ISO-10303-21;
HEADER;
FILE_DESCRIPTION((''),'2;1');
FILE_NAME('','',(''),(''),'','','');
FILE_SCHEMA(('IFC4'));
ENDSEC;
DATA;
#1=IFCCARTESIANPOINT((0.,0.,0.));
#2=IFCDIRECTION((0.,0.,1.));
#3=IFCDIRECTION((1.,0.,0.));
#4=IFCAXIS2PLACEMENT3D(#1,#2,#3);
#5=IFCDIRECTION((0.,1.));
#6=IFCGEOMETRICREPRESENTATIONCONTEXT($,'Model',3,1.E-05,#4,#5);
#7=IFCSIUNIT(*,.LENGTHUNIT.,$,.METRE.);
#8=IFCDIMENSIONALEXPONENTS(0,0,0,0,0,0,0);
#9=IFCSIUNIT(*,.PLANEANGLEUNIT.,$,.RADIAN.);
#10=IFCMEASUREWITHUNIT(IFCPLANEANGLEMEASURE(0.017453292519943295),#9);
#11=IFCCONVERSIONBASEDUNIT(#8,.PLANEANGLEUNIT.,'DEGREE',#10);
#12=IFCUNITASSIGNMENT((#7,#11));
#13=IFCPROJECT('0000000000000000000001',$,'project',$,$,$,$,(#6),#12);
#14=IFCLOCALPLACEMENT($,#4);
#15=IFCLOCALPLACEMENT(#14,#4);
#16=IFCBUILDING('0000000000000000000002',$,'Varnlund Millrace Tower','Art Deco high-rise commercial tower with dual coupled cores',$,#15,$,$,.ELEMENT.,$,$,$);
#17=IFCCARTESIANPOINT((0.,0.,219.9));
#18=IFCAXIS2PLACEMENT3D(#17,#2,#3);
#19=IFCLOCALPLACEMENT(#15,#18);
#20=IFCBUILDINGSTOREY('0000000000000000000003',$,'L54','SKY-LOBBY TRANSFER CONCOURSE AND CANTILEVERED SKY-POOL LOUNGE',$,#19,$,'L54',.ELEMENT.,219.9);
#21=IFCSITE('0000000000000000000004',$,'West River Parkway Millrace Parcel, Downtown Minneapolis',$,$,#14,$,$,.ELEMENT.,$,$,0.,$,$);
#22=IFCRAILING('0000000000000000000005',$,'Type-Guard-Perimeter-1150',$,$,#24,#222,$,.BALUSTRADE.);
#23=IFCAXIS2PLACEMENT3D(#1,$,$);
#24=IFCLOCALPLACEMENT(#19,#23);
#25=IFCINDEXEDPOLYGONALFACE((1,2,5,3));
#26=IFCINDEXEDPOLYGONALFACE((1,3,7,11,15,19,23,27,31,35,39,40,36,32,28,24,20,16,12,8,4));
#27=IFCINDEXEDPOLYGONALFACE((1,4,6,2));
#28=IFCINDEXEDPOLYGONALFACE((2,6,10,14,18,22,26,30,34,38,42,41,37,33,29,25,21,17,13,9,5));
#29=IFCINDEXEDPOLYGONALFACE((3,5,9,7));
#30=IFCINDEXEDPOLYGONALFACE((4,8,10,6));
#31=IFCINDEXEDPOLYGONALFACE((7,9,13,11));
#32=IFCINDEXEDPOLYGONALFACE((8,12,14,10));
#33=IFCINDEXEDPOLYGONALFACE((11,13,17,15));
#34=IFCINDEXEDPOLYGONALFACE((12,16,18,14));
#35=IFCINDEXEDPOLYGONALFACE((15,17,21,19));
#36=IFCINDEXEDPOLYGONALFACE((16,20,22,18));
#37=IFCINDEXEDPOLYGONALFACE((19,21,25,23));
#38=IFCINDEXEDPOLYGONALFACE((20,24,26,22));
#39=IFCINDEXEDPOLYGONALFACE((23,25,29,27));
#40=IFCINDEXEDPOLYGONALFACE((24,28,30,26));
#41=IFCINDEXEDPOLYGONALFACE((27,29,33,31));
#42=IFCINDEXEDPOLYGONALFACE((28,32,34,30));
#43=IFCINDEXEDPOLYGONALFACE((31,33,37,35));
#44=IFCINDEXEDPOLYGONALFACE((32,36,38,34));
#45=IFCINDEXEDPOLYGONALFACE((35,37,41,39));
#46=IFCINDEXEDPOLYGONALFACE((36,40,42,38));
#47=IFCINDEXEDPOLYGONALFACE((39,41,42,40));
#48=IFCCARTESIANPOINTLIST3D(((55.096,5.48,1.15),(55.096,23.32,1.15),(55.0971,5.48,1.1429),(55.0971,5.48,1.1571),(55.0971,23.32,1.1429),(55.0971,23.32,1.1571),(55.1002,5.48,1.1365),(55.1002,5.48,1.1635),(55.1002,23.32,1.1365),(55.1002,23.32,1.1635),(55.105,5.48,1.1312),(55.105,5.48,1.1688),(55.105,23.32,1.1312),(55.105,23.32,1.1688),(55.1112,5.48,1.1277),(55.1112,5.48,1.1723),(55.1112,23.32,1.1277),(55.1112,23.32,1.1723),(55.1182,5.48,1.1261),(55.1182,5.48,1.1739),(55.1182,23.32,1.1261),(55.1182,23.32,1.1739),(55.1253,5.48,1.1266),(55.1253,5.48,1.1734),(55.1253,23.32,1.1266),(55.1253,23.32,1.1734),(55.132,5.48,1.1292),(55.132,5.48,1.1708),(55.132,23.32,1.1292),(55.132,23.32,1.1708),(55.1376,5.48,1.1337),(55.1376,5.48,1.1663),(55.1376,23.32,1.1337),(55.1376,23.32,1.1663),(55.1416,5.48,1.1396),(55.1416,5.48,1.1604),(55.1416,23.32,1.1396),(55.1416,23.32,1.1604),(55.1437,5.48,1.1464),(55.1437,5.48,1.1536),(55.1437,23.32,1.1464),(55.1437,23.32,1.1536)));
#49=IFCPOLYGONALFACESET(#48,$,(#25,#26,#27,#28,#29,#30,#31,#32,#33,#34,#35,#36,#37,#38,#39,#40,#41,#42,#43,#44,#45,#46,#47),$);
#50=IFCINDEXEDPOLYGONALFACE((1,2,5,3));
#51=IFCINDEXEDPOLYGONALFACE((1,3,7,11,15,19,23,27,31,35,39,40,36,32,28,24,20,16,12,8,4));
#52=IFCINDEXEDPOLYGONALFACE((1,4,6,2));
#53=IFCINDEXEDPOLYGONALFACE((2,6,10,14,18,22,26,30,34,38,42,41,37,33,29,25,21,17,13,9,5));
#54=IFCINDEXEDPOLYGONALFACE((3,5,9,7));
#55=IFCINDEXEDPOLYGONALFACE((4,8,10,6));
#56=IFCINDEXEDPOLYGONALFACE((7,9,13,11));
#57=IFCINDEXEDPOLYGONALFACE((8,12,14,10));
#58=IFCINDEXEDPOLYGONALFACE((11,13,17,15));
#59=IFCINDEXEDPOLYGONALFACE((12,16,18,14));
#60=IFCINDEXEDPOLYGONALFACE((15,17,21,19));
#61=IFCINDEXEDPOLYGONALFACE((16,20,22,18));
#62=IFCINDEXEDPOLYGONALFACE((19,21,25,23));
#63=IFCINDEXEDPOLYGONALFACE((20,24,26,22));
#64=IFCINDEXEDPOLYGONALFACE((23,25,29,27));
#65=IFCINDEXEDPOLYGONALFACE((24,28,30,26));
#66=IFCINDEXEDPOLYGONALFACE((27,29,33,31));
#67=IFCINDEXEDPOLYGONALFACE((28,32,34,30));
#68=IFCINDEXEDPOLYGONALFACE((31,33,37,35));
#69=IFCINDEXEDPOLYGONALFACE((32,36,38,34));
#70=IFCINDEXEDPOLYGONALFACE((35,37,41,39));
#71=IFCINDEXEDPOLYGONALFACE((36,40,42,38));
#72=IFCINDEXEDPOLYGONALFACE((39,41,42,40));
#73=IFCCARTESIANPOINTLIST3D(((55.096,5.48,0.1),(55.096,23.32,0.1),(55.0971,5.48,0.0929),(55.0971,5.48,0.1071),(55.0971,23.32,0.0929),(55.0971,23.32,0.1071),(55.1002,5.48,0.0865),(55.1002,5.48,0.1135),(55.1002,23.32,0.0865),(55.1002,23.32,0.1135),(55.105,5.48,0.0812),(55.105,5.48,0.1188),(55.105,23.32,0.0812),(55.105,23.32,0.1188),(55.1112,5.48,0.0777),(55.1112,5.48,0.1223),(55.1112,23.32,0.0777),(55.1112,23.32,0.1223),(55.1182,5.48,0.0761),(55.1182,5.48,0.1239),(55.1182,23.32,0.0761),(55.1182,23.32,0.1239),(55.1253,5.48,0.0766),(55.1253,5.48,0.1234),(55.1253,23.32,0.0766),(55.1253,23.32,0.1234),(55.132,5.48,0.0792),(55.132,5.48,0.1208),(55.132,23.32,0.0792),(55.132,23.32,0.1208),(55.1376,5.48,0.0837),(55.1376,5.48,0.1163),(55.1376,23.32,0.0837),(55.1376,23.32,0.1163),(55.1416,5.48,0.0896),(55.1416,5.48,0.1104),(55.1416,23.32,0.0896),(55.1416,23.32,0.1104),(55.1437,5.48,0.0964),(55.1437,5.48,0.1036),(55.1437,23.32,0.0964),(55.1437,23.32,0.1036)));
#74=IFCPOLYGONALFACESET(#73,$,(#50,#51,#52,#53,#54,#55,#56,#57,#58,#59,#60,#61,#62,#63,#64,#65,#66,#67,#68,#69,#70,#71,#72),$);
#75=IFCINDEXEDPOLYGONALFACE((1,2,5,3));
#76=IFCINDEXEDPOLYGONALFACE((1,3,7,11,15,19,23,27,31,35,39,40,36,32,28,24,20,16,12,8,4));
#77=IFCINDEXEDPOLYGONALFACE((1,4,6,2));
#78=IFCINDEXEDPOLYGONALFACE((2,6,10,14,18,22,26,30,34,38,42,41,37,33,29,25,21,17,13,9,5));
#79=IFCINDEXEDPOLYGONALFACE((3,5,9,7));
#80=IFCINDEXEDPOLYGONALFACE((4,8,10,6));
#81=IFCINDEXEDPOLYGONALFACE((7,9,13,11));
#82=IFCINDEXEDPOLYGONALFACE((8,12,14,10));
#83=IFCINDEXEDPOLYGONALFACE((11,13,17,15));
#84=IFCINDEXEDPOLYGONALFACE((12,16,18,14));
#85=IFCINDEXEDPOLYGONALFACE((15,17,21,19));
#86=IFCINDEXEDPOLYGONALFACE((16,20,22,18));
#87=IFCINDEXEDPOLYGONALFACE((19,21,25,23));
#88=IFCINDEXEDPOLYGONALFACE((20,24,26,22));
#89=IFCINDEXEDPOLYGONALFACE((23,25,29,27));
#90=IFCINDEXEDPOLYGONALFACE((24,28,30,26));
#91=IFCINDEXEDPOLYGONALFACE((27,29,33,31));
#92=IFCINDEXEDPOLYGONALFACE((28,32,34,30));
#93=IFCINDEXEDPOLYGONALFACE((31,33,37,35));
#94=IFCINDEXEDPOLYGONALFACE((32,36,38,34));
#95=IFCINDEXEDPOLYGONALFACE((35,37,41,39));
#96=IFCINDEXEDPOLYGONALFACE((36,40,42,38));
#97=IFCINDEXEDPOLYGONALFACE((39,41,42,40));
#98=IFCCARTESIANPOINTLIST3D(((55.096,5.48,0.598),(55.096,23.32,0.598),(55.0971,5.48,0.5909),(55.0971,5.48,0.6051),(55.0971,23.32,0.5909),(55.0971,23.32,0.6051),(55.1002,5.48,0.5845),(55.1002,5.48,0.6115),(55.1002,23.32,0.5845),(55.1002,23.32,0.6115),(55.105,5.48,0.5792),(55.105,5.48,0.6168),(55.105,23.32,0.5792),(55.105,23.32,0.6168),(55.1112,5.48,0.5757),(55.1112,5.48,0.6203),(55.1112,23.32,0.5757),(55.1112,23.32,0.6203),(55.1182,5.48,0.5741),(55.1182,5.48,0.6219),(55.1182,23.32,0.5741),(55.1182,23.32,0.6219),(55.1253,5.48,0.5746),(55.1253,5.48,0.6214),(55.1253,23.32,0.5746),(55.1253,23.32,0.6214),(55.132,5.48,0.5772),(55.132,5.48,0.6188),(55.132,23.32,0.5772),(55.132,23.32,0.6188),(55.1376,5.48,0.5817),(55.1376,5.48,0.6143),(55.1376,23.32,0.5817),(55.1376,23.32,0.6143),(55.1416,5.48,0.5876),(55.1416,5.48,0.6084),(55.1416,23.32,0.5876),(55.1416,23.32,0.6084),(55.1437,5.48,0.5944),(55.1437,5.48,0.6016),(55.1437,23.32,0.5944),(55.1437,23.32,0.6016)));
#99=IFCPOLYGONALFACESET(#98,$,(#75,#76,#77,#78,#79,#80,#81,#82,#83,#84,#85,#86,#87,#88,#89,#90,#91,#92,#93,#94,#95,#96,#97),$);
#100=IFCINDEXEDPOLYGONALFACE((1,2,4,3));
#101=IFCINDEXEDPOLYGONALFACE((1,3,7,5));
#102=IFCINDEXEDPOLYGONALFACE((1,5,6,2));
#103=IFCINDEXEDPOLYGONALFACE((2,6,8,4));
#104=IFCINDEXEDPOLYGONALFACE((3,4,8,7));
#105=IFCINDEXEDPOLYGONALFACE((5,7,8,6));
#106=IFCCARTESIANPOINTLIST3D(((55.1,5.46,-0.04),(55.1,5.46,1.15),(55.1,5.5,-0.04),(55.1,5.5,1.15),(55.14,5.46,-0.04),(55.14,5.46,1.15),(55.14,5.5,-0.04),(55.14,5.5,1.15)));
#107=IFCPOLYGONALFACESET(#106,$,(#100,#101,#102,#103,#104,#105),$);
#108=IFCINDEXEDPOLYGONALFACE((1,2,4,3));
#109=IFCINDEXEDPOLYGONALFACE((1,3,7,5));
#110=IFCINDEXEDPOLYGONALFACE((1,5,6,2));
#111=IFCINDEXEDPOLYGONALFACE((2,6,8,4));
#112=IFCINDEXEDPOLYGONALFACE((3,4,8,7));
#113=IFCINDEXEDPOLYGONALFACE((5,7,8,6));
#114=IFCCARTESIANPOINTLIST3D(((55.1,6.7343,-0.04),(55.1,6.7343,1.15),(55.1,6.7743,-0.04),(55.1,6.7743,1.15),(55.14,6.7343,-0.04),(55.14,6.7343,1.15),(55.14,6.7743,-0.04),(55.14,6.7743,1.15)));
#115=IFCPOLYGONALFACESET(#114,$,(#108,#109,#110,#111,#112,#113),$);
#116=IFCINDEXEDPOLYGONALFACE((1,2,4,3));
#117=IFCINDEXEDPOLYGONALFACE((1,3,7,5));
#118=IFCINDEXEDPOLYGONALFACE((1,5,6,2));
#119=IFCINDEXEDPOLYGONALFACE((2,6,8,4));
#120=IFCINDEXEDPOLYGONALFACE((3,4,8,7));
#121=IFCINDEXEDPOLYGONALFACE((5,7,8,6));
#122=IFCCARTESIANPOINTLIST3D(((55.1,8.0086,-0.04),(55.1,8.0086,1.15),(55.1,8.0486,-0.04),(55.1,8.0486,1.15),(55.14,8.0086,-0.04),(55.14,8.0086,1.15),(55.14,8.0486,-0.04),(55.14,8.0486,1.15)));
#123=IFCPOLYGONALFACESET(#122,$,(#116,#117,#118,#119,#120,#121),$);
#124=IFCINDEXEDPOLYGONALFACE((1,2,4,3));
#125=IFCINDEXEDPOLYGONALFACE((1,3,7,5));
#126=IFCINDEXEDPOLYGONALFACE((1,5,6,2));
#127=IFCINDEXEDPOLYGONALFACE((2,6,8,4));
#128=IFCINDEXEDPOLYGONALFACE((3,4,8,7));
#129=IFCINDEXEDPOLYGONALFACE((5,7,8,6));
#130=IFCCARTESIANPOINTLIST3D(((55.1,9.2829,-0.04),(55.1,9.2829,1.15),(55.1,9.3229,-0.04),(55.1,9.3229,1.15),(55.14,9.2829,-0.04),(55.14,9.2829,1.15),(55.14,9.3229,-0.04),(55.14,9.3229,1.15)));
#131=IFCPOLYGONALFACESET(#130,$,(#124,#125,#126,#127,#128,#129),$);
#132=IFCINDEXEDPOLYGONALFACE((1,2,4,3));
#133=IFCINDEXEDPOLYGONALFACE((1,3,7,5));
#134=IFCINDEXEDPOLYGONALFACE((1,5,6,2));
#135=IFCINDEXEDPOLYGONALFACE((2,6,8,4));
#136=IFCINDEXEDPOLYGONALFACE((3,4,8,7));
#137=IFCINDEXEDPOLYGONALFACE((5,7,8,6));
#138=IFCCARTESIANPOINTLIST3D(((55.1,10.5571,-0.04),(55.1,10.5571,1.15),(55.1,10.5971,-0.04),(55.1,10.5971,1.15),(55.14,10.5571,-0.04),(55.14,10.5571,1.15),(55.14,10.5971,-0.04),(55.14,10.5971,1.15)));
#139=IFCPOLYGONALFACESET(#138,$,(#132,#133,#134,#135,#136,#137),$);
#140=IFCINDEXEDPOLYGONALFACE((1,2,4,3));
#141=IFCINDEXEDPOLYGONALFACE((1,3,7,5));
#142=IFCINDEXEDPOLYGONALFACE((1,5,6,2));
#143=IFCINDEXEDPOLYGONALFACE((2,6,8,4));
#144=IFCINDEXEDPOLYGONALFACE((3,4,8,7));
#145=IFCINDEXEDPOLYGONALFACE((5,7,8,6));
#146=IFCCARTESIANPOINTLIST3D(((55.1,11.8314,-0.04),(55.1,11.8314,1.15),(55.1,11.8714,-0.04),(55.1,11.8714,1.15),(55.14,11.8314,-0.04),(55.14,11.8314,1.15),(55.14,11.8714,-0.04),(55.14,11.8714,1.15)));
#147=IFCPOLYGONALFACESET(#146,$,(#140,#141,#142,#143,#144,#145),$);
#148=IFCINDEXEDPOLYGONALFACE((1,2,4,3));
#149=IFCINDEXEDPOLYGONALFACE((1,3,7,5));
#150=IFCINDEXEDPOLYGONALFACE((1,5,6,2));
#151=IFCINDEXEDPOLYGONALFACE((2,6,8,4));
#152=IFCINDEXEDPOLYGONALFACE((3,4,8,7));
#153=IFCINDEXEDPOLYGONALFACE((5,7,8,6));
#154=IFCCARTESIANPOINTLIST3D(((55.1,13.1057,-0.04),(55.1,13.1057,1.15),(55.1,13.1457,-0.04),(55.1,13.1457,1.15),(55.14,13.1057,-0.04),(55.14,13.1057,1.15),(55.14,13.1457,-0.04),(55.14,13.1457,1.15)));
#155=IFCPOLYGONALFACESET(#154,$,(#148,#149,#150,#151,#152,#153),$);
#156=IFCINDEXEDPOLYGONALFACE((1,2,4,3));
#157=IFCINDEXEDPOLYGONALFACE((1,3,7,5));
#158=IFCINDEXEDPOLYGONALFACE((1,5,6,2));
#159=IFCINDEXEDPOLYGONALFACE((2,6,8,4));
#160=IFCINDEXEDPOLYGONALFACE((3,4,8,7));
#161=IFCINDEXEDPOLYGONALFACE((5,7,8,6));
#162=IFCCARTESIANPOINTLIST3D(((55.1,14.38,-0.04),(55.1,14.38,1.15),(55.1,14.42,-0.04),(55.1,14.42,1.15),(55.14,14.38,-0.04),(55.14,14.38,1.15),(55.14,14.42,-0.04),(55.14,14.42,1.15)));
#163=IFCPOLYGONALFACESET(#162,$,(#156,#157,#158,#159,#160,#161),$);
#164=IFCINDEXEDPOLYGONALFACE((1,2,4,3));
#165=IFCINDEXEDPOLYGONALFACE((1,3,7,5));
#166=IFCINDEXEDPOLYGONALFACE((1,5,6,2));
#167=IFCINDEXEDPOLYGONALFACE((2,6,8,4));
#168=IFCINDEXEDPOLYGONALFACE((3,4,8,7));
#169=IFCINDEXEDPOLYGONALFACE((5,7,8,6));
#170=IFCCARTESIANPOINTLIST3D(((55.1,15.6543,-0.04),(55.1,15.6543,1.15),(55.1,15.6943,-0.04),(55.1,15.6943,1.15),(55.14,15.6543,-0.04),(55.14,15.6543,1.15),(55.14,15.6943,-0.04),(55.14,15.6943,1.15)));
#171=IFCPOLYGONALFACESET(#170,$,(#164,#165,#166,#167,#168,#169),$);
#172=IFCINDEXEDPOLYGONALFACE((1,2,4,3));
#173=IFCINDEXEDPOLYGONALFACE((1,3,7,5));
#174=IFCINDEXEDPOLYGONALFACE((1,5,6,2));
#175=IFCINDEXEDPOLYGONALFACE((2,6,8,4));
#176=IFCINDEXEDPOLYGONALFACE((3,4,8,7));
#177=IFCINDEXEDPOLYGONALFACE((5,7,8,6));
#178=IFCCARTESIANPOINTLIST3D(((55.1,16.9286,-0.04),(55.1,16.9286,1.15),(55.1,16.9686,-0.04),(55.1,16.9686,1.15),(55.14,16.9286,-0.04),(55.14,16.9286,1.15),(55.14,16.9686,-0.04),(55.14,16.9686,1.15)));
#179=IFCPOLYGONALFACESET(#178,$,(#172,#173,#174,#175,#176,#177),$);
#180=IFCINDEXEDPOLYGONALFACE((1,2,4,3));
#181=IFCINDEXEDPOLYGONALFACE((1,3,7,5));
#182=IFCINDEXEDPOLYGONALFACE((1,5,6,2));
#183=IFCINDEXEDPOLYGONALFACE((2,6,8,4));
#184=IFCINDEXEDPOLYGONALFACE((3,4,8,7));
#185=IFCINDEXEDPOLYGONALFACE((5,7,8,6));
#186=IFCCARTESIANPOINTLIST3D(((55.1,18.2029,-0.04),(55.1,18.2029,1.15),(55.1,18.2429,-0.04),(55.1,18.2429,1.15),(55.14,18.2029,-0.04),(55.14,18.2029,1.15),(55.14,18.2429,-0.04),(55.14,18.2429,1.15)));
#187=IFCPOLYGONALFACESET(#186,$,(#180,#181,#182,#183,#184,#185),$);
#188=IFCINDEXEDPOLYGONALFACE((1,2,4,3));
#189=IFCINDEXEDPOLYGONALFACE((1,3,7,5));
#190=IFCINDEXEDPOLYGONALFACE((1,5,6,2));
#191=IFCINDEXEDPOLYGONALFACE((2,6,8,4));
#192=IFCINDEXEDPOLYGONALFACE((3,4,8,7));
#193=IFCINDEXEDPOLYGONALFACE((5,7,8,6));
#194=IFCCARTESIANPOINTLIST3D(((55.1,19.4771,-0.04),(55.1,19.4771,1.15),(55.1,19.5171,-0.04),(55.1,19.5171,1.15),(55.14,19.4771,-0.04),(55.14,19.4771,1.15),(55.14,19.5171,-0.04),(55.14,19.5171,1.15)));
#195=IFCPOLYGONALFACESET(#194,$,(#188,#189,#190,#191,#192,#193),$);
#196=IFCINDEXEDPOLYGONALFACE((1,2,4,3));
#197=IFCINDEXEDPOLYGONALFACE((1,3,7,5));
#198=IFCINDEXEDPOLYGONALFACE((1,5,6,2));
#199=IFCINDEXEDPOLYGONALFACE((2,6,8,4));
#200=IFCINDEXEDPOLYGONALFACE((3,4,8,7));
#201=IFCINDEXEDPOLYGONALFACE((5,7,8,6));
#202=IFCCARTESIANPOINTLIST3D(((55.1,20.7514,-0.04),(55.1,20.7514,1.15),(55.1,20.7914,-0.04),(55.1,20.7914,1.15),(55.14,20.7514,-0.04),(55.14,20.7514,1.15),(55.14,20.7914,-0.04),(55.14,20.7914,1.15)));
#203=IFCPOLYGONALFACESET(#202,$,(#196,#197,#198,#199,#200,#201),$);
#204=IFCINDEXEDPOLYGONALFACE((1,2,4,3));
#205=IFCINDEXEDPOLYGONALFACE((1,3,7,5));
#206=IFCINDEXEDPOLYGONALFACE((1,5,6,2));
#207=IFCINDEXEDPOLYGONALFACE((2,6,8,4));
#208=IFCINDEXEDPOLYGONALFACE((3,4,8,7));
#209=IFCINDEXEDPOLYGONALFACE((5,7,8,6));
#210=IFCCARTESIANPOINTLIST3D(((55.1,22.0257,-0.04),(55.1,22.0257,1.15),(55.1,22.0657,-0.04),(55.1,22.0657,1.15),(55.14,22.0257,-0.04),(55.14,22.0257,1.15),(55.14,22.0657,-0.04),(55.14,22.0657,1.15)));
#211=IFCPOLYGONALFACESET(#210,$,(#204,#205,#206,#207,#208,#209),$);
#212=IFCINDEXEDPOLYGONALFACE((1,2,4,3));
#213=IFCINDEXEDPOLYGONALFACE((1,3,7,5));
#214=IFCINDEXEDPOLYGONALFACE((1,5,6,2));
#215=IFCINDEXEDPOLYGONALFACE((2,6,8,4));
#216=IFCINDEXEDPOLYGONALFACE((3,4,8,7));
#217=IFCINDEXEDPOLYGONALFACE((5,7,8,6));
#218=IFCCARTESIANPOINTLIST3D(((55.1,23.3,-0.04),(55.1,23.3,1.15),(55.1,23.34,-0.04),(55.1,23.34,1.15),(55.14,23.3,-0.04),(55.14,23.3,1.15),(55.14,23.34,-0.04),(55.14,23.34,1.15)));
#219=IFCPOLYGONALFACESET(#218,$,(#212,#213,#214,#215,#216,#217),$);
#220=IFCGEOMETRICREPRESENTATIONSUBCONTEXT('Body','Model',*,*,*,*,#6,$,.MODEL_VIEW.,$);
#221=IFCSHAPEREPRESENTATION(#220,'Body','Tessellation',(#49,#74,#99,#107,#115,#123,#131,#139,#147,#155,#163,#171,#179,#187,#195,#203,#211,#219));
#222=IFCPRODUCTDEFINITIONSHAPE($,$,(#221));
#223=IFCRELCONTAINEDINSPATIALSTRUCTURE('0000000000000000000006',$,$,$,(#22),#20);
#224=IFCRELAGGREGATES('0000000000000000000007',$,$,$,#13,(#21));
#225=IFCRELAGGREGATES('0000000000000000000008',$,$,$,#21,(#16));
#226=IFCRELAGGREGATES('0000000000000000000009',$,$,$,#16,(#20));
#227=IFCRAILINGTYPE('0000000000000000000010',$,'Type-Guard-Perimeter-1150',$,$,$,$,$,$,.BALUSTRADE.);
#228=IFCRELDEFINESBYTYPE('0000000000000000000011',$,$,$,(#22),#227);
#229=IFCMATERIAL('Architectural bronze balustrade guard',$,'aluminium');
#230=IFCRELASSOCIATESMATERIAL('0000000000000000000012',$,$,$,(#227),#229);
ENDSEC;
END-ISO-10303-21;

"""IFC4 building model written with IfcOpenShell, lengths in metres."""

from ifc_helpers import new_model, entity, si_unit, converted_unit, direction, frame, origin_with_axes, origin_2d_with_axis, place, context, subcontext, project, spatial, rectangle, circle, extrude, material, type_object, element, save


model = new_model("IFC4")

# Units and contexts
model_context = context("Model", 3, precision=1e-05, world=origin_with_axes(), true_north=direction((0.0, 1.0)))
body_context = subcontext(model_context, "Body", "Model", "MODEL_VIEW")
ifc_project = project(units=[si_unit("LENGTHUNIT", "METRE"), converted_unit("PLANEANGLEUNIT", "DEGREE", entity("IfcPlaneAngleMeasure", 0.017453292519943295), si_unit("PLANEANGLEUNIT", "RADIAN"), dimensions=[0, 0, 0, 0, 0, 0, 0])], contexts=[model_context])

# Site, building, storey
site_placement = place(None, origin_with_axes())
site = spatial("IfcSite", under=ifc_project, at=site_placement, Name="West River Parkway Millrace Parcel, Downtown Minneapolis", CompositionType="ELEMENT", RefElevation=0.0)
building_placement = place(site_placement, origin_with_axes())
building = spatial("IfcBuilding", under=site, at=building_placement, Name="Varnlund Millrace Tower", Description="Art Deco high-rise commercial tower with dual coupled cores", CompositionType="ELEMENT")
storey_placement = place(building_placement, frame((0.0, 0.0, 219.9), z_axis=(0.0, 0.0, 1.0), x_axis=(1.0, 0.0, 0.0)))
storey = spatial("IfcBuildingStorey", under=building, at=storey_placement, Name="L54", Description="SKY-LOBBY TRANSFER CONCOURSE AND CANTILEVERED SKY-POOL LOUNGE", LongName="L54", CompositionType="ELEMENT", Elevation=219.9)

# Railing
ifc_material_1 = material(Name="Architectural bronze balustrade guard", Category="aluminium")
railing_type_1 = type_object("IfcRailingType", Name="Type-Guard-Perimeter-1150", PredefinedType="BALUSTRADE", material=ifc_material_1)
railing_1_placement = place(storey_placement, frame((0.0, 0.0, -219.9), z_axis=(0.0, 0.0, 1.0), x_axis=(1.0, 0.0, 0.0)))
element("IfcRailing", 1, at=railing_1_placement, inside=storey, type_object=railing_type_1, Name="Type-Guard-Perimeter-1150", PredefinedType="BALUSTRADE", context=body_context, shape_type="SweptSolid", body=[
    extrude(circle(Radius=0.024, at=origin_2d_with_axis()), frame((55.12, 5.48, 221.05), z_axis=(0.0, 1.0, 0.0), x_axis=(-1.0, 0.0, 0.0)), (0.0, 0.0, 1.0), 17.84),
    extrude(circle(Radius=0.024, at=origin_2d_with_axis()), frame((55.12, 5.48, 220.0), z_axis=(0.0, 1.0, 0.0), x_axis=(-1.0, 0.0, 0.0)), (0.0, 0.0, 1.0), 17.84),
    extrude(circle(Radius=0.024, at=origin_2d_with_axis()), frame((55.12, 5.48, 220.498), z_axis=(0.0, 1.0, 0.0), x_axis=(-1.0, 0.0, 0.0)), (0.0, 0.0, 1.0), 17.84),
    extrude(rectangle(XDim=0.04, YDim=0.04, at=origin_2d_with_axis()), frame((55.12, 5.48, 219.86), z_axis=(0.0, 0.0, 1.0), x_axis=(1.0, 0.0, 0.0)), (0.0, 0.0, 1.0), 1.19),
    extrude(rectangle(XDim=0.04, YDim=0.04, at=origin_2d_with_axis()), frame((55.12, 6.7543, 219.86), z_axis=(0.0, 0.0, 1.0), x_axis=(1.0, 0.0, 0.0)), (0.0, 0.0, 1.0), 1.19),
    extrude(rectangle(XDim=0.04, YDim=0.04, at=origin_2d_with_axis()), frame((55.12, 8.0286, 219.86), z_axis=(0.0, 0.0, 1.0), x_axis=(1.0, 0.0, 0.0)), (0.0, 0.0, 1.0), 1.19),
    extrude(rectangle(XDim=0.04, YDim=0.04, at=origin_2d_with_axis()), frame((55.12, 9.3029, 219.86), z_axis=(0.0, 0.0, 1.0), x_axis=(1.0, 0.0, 0.0)), (0.0, 0.0, 1.0), 1.19),
    extrude(rectangle(XDim=0.04, YDim=0.04, at=origin_2d_with_axis()), frame((55.12, 10.5771, 219.86), z_axis=(0.0, 0.0, 1.0), x_axis=(1.0, 0.0, 0.0)), (0.0, 0.0, 1.0), 1.19),
    extrude(rectangle(XDim=0.04, YDim=0.04, at=origin_2d_with_axis()), frame((55.12, 11.8514, 219.86), z_axis=(0.0, 0.0, 1.0), x_axis=(1.0, 0.0, 0.0)), (0.0, 0.0, 1.0), 1.19),
    extrude(rectangle(XDim=0.04, YDim=0.04, at=origin_2d_with_axis()), frame((55.12, 13.1257, 219.86), z_axis=(0.0, 0.0, 1.0), x_axis=(1.0, 0.0, 0.0)), (0.0, 0.0, 1.0), 1.19),
    extrude(rectangle(XDim=0.04, YDim=0.04, at=origin_2d_with_axis()), frame((55.12, 14.4, 219.86), z_axis=(0.0, 0.0, 1.0), x_axis=(1.0, 0.0, 0.0)), (0.0, 0.0, 1.0), 1.19),
    extrude(rectangle(XDim=0.04, YDim=0.04, at=origin_2d_with_axis()), frame((55.12, 15.6743, 219.86), z_axis=(0.0, 0.0, 1.0), x_axis=(1.0, 0.0, 0.0)), (0.0, 0.0, 1.0), 1.19),
    extrude(rectangle(XDim=0.04, YDim=0.04, at=origin_2d_with_axis()), frame((55.12, 16.9486, 219.86), z_axis=(0.0, 0.0, 1.0), x_axis=(1.0, 0.0, 0.0)), (0.0, 0.0, 1.0), 1.19),
    extrude(rectangle(XDim=0.04, YDim=0.04, at=origin_2d_with_axis()), frame((55.12, 18.2229, 219.86), z_axis=(0.0, 0.0, 1.0), x_axis=(1.0, 0.0, 0.0)), (0.0, 0.0, 1.0), 1.19),
    extrude(rectangle(XDim=0.04, YDim=0.04, at=origin_2d_with_axis()), frame((55.12, 19.4971, 219.86), z_axis=(0.0, 0.0, 1.0), x_axis=(1.0, 0.0, 0.0)), (0.0, 0.0, 1.0), 1.19),
    extrude(rectangle(XDim=0.04, YDim=0.04, at=origin_2d_with_axis()), frame((55.12, 20.7714, 219.86), z_axis=(0.0, 0.0, 1.0), x_axis=(1.0, 0.0, 0.0)), (0.0, 0.0, 1.0), 1.19),
    extrude(rectangle(XDim=0.04, YDim=0.04, at=origin_2d_with_axis()), frame((55.12, 22.0457, 219.86), z_axis=(0.0, 0.0, 1.0), x_axis=(1.0, 0.0, 0.0)), (0.0, 0.0, 1.0), 1.19),
    extrude(rectangle(XDim=0.04, YDim=0.04, at=origin_2d_with_axis()), frame((55.12, 23.32, 219.86), z_axis=(0.0, 0.0, 1.0), x_axis=(1.0, 0.0, 0.0)), (0.0, 0.0, 1.0), 1.19),
])

save(model, "model.ifc")
